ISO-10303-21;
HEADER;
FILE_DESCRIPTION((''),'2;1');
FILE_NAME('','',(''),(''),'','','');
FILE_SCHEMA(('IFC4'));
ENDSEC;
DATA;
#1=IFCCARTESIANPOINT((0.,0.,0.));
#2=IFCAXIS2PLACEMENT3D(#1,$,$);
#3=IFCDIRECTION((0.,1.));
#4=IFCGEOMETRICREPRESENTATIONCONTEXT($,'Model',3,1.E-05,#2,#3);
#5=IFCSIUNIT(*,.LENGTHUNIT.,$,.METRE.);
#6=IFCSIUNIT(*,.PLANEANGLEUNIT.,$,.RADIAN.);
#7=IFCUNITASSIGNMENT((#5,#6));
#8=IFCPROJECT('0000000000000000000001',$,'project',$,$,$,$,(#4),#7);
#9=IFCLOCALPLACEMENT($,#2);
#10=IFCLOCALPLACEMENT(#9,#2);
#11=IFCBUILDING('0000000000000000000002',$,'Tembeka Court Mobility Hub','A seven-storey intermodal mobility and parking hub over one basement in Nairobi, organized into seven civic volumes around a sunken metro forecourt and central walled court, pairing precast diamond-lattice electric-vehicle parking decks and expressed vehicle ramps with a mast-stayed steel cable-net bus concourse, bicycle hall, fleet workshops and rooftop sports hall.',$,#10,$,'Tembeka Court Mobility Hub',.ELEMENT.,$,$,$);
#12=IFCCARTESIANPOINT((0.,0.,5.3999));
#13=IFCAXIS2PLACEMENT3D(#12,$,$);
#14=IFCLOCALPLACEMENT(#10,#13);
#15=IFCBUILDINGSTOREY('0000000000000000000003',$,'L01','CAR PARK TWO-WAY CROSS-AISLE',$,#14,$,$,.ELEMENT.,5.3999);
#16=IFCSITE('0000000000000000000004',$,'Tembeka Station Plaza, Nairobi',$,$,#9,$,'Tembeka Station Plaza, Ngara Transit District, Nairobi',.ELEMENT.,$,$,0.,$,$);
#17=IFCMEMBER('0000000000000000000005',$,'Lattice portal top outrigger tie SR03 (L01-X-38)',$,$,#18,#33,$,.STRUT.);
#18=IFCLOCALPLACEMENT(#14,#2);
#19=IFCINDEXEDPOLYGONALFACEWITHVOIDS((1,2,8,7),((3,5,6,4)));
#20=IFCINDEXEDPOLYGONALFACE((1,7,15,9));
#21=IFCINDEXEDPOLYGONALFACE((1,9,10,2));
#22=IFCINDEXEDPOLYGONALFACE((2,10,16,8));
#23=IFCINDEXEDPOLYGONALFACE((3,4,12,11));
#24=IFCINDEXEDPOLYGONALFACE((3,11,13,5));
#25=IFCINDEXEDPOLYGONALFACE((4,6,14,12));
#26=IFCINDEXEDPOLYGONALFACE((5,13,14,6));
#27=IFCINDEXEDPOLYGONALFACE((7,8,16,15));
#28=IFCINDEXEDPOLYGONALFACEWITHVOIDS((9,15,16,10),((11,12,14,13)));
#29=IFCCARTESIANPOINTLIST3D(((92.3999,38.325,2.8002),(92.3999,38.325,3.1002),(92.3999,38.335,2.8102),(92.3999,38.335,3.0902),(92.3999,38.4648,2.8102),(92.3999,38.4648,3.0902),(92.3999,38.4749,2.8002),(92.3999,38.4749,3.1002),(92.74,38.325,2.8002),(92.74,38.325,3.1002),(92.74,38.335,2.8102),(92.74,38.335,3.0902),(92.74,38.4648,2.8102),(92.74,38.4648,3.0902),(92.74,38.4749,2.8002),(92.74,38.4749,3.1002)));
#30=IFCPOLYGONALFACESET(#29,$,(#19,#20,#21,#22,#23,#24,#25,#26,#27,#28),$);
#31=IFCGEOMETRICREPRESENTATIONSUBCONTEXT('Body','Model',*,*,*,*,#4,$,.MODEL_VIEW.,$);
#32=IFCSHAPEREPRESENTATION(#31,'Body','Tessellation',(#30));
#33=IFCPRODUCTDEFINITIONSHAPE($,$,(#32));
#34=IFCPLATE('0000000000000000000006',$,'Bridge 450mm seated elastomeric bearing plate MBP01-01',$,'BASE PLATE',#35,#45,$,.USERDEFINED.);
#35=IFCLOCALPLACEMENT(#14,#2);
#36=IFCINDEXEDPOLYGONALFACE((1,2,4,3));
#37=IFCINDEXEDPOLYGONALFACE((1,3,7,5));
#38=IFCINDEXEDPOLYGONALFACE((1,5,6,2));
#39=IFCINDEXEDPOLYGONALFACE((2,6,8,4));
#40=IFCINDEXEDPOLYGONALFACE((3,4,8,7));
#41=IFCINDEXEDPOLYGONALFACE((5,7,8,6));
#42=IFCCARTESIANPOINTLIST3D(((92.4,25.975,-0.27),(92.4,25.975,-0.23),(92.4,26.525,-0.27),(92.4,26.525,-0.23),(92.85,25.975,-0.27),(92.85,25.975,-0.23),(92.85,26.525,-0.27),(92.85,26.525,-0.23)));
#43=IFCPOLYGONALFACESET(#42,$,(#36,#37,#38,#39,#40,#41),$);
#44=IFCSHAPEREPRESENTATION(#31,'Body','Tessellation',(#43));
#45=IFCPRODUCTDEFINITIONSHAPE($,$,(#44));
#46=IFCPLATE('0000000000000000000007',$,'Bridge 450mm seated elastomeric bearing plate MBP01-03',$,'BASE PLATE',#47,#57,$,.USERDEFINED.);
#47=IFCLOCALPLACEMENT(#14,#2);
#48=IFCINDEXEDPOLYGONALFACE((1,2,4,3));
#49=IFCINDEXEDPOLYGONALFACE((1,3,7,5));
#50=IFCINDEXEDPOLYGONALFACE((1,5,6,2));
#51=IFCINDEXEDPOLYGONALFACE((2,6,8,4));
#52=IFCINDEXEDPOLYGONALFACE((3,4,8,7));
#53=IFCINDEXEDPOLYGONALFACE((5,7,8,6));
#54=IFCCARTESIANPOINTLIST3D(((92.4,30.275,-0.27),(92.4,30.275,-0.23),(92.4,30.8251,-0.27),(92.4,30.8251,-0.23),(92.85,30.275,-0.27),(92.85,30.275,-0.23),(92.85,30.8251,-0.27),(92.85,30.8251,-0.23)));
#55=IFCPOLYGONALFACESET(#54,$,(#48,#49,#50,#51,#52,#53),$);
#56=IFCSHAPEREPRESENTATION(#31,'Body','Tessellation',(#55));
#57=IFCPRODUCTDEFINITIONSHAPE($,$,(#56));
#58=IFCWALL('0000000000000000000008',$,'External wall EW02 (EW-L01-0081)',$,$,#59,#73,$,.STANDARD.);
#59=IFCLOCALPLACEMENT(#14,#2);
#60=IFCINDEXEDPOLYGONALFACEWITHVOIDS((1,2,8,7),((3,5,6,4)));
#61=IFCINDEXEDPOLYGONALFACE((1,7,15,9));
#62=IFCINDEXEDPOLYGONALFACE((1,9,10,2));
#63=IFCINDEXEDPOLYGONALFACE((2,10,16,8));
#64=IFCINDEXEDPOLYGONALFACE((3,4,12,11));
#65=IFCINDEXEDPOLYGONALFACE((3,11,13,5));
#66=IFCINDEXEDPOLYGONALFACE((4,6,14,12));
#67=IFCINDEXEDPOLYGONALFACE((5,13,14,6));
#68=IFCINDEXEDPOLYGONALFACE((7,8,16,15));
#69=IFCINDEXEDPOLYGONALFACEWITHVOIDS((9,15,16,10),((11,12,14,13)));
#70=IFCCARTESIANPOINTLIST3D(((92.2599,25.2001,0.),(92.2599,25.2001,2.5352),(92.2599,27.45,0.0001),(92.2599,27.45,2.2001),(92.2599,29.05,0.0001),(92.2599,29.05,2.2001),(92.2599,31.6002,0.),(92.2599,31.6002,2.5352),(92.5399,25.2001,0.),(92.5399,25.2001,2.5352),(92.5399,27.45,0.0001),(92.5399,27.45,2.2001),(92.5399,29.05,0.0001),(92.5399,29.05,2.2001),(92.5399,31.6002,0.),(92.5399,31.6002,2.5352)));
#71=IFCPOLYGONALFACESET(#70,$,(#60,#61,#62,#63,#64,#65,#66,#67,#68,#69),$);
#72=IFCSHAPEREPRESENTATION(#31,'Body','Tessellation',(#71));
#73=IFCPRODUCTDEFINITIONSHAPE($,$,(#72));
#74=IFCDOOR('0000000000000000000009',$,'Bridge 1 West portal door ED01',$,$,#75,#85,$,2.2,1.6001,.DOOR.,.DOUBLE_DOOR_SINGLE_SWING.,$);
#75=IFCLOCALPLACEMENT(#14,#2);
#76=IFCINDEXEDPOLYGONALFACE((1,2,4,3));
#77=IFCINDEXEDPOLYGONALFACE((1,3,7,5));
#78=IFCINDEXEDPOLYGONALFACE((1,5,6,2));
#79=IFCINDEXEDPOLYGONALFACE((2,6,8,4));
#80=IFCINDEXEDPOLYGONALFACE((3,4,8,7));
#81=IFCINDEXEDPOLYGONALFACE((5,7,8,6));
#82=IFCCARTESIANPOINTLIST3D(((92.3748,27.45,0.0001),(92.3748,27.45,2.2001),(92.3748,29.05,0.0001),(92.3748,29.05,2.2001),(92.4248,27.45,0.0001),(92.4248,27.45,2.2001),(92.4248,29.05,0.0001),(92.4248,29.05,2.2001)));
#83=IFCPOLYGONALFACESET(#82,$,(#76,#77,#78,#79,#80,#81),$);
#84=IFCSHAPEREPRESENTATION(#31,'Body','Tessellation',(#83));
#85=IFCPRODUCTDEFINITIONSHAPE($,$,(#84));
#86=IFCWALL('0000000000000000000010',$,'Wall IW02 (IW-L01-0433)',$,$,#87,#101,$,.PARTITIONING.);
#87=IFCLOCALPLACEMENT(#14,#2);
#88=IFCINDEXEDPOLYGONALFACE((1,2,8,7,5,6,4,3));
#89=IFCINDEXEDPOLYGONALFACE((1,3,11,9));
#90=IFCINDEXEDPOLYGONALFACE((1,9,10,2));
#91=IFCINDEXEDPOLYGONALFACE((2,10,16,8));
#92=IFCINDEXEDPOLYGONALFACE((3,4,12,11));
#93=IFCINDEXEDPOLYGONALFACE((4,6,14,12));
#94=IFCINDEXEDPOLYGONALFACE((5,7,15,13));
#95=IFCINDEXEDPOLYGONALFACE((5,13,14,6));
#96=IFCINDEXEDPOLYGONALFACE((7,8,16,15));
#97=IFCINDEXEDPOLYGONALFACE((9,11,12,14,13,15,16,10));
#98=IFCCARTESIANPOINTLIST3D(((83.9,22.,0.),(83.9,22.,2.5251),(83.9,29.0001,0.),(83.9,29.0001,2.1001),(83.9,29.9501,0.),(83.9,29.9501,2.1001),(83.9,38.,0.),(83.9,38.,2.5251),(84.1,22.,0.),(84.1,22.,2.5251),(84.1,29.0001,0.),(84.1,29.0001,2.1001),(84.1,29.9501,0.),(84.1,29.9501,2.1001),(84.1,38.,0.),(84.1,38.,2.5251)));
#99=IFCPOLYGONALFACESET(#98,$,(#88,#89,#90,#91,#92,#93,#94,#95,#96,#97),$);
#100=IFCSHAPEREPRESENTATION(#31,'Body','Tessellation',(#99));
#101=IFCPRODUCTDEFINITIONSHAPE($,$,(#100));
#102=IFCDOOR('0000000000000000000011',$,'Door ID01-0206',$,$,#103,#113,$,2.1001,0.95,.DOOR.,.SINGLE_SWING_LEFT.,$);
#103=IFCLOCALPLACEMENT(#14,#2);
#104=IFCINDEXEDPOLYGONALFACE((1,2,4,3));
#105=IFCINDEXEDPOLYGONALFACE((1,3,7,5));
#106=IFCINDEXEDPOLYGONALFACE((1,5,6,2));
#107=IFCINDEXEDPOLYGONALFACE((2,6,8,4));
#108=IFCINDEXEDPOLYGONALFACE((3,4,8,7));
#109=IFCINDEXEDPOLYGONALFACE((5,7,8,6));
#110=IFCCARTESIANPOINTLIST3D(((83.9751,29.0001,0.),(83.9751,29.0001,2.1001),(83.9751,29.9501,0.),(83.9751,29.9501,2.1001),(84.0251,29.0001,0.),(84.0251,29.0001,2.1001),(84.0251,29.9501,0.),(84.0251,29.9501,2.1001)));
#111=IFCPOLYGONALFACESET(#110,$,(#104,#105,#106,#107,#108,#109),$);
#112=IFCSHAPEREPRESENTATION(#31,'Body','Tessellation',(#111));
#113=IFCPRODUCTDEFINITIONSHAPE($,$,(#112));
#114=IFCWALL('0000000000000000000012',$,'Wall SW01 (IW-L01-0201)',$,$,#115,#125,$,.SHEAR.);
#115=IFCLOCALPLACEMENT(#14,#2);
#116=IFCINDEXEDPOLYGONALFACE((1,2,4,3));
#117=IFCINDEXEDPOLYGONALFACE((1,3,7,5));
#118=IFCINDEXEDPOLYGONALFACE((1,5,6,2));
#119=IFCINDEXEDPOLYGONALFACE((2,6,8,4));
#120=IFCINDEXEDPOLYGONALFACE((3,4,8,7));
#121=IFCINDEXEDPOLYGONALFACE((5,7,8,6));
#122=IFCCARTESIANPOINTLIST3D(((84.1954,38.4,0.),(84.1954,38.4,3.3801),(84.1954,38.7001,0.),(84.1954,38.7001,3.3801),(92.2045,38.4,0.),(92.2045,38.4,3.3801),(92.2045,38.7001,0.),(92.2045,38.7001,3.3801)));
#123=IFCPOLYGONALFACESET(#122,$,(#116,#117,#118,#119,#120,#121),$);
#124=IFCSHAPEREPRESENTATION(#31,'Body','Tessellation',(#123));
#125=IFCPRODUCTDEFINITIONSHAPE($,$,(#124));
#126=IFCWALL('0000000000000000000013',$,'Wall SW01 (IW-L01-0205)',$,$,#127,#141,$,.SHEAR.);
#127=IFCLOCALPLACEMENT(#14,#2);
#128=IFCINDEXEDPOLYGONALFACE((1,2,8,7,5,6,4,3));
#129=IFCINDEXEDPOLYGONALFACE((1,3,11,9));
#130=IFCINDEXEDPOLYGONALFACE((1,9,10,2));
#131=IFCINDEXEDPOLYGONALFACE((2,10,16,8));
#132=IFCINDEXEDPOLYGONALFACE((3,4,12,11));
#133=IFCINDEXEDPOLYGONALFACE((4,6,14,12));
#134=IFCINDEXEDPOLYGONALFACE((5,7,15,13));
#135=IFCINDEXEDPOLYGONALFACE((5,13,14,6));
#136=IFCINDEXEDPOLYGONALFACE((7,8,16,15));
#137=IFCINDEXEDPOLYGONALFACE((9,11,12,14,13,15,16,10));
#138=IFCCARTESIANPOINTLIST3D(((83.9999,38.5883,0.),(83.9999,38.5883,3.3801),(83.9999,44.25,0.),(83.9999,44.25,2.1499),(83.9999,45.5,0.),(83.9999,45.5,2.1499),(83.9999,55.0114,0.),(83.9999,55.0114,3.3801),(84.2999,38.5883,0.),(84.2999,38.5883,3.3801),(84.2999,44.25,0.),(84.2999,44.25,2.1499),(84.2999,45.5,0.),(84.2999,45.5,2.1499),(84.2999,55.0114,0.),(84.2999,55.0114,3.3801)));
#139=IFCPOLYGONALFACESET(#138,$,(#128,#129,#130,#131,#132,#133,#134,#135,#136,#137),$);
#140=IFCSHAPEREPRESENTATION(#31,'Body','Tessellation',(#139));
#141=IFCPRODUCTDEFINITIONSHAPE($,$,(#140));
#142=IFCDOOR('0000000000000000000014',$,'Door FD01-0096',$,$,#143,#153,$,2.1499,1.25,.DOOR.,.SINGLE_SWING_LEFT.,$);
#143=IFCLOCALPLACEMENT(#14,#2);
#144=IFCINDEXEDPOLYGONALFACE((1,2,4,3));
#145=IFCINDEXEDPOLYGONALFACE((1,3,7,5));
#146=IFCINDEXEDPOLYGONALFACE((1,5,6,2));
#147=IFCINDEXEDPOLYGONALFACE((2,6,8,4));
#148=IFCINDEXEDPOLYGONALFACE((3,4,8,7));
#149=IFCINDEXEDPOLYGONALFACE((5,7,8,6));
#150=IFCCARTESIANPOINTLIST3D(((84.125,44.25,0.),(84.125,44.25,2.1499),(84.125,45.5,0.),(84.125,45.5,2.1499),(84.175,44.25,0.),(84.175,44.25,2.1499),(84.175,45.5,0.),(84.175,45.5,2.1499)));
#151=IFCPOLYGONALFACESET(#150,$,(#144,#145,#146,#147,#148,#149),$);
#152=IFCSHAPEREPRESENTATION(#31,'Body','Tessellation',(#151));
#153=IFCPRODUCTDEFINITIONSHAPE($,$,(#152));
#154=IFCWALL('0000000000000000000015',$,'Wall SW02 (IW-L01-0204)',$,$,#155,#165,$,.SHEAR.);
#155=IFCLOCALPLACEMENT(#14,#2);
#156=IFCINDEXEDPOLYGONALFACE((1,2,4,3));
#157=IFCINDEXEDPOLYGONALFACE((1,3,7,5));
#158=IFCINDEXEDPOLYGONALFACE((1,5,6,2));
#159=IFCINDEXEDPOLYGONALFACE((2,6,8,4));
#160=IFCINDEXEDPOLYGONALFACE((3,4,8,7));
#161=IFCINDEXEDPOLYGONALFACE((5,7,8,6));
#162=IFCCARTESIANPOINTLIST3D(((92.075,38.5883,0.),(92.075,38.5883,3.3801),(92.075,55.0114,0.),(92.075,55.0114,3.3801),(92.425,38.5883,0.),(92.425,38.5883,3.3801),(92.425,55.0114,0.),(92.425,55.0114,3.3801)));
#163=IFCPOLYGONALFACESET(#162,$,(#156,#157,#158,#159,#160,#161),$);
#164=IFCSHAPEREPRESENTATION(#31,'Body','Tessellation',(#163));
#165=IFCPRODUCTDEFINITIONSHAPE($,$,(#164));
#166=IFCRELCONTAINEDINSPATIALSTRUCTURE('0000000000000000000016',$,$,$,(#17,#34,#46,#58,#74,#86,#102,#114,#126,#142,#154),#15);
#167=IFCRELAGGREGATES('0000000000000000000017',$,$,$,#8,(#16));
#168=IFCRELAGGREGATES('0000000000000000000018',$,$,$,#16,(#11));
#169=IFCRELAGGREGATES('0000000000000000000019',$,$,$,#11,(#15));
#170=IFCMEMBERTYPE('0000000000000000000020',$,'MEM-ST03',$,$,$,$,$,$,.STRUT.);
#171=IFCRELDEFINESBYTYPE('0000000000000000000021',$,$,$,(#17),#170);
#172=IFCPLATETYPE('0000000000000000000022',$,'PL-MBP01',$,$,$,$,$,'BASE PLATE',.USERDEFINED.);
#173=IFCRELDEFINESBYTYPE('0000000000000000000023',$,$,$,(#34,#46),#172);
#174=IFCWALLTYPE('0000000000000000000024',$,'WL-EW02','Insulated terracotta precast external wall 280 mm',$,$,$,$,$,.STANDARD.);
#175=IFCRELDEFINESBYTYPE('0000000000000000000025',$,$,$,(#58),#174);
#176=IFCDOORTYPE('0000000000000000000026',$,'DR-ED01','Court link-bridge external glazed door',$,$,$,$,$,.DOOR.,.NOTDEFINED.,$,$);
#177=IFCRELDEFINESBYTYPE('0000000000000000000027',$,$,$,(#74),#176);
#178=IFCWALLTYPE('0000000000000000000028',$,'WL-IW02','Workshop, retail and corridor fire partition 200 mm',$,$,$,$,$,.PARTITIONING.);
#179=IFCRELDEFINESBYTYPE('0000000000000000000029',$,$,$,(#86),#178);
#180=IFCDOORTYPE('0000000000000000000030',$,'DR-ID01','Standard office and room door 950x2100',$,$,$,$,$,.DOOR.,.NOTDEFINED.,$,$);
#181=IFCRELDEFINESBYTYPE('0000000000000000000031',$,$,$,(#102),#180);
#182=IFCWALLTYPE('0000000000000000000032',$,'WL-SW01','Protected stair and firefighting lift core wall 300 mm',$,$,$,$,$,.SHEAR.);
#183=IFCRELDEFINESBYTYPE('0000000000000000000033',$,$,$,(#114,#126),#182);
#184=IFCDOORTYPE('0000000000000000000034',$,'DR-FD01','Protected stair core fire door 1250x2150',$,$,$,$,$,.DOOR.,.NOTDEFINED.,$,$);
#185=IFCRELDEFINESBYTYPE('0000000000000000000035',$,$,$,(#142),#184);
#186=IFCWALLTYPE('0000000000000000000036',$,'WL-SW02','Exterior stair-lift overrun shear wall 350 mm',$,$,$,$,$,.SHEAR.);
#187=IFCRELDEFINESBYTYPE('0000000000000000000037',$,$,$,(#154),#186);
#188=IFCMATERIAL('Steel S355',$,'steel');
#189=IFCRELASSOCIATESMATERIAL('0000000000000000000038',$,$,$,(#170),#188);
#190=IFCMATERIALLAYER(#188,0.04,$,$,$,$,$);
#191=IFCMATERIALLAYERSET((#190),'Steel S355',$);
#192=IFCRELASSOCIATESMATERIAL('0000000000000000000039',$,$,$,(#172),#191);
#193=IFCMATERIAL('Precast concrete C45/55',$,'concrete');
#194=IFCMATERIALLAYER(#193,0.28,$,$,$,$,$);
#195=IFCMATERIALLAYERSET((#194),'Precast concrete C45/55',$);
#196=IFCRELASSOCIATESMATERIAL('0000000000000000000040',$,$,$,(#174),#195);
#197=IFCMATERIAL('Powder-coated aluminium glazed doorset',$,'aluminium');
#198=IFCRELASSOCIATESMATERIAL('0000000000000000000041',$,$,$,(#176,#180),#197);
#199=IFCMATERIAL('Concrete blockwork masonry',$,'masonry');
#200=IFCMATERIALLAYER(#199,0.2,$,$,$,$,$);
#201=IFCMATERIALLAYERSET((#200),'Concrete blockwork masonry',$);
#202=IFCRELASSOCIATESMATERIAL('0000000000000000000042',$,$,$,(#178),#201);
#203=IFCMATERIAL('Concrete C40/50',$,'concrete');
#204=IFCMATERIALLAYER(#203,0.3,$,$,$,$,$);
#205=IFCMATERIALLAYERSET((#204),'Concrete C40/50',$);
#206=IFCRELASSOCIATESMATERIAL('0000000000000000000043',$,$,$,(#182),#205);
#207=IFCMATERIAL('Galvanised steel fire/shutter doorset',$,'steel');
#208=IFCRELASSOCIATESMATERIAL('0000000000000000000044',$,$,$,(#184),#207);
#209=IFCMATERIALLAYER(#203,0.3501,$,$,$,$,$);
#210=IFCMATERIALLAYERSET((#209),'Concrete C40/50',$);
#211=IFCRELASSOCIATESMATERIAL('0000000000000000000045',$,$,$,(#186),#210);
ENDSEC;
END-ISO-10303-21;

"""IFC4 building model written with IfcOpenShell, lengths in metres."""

from ifc_helpers import new_model, si_unit, direction, frame, frame_2d, origin, origin_2d, place, context, subcontext, project, spatial, rectangle, hollow_rectangle, extrude, material, layer, layer_set, material_profile, profile_set, type_object, element, fill, save


model = new_model("IFC4")

# Units and contexts
model_context = context("Model", 3, precision=1e-05, world=origin(), true_north=direction((0.0, 1.0)))
body_context = subcontext(model_context, "Body", "Model", "MODEL_VIEW")
ifc_project = project(units=[si_unit("LENGTHUNIT", "METRE"), si_unit("PLANEANGLEUNIT", "RADIAN")], contexts=[model_context])

# Site, building, storey
site_placement = place(None, origin())
site = spatial("IfcSite", under=ifc_project, at=site_placement, Name="Tembeka Station Plaza, Nairobi", LongName="Tembeka Station Plaza, Ngara Transit District, Nairobi", CompositionType="ELEMENT", RefElevation=0.0)
building_placement = place(site_placement, origin())
building = spatial("IfcBuilding", under=site, at=building_placement, Name="Tembeka Court Mobility Hub", Description="A seven-storey intermodal mobility and parking hub over one basement in Nairobi, organized into seven civic volumes around a sunken metro forecourt and central walled court, pairing precast diamond-lattice electric-vehicle parking decks and expressed vehicle ramps with a mast-stayed steel cable-net bus concourse, bicycle hall, fleet workshops and rooftop sports hall.", LongName="Tembeka Court Mobility Hub", CompositionType="ELEMENT")
storey_placement = place(building_placement, frame((0.0, 0.0, 5.3999)))
storey = spatial("IfcBuildingStorey", under=building, at=storey_placement, Name="L01", Description="CAR PARK TWO-WAY CROSS-AISLE", CompositionType="ELEMENT", Elevation=5.3999)

# Shared definitions
ifc_material_1 = material(Name="Steel S355", Category="steel")

# Shared definitions
ifc_material_2 = material(Name="Precast concrete C45/55", Category="concrete")

# Member
ifc_material_profile_1 = material_profile(ifc_material_1, hollow_rectangle(XDim=0.1499, YDim=0.3, WallThickness=0.01, at=origin_2d()), Name="RHS 300x150x10")
ifc_profile_set_1 = profile_set([ifc_material_profile_1], Name="Steel S355")
member_type_1 = type_object("IfcMemberType", Name="MEM-ST03", PredefinedType="STRUT", material=ifc_profile_set_1)
for number, where, z_axis, x_axis, name in (
    (1, (92.3999, 38.3999, 2.9502), (1.0, 0.0, 0.0), (0.0, 1.0, 0.0), "Lattice portal top outrigger tie SR03 (L01-X-38)"),
):
    element("IfcMember", number, at=place(storey_placement, frame(where, z_axis=z_axis, x_axis=x_axis)), inside=storey, type_object=member_type_1, Name=name, PredefinedType="STRUT", context=body_context, shape_type="SweptSolid", body=[
        extrude(hollow_rectangle(XDim=0.1499, YDim=0.3, WallThickness=0.01, at=origin_2d()), origin(), (0.0, 0.0, 1.0), 0.3401),
    ])

# Plates
ifc_layer_1 = layer(ifc_material_1, 0.04)
ifc_layer_set_1 = layer_set([ifc_layer_1], Name="Steel S355")
plate_type = type_object("IfcPlateType", Name="PL-MBP01", ElementType="BASE PLATE", PredefinedType="USERDEFINED", material=ifc_layer_set_1)
for number, where, z_axis, x_axis, name in (
    (2, (92.625, 26.25, -0.27), (0.0, 0.0, 1.0), (1.0, 0.0, 0.0), "Bridge 450mm seated elastomeric bearing plate MBP01-01"),
    (3, (92.625, 30.55, -0.27), (0.0, 0.0, 1.0), (1.0, 0.0, 0.0), "Bridge 450mm seated elastomeric bearing plate MBP01-03"),
):
    element("IfcPlate", number, at=place(storey_placement, frame(where, z_axis=z_axis, x_axis=x_axis)), inside=storey, type_object=plate_type, Name=name, ObjectType="BASE PLATE", PredefinedType="USERDEFINED", context=body_context, shape_type="SweptSolid", body=[
        extrude(rectangle(XDim=0.45, YDim=0.55, at=origin_2d()), origin(), (0.0, 0.0, 1.0), 0.04),
    ])

# Walls, openings, doors
ifc_layer_2 = layer(ifc_material_2, 0.28)
ifc_layer_set_2 = layer_set([ifc_layer_2], Name="Precast concrete C45/55")
wall_type_1 = type_object("IfcWallType", Name="WL-EW02", Description="Insulated terracotta precast external wall 280 mm", PredefinedType="STANDARD", material=ifc_layer_set_2)
wall_1_placement = place(storey_placement, frame((92.3999, 25.2, 0.0), z_axis=(0.0, 0.0, 1.0), x_axis=(0.0, 1.0, 0.0)))
wall_1 = element("IfcWall", 4, at=wall_1_placement, inside=storey, type_object=wall_type_1, Name="External wall EW02 (EW-L01-0081)", PredefinedType="STANDARD", context=body_context, shape_type="SweptSolid", body=[
    extrude(rectangle(XDim=6.4001, YDim=0.28, at=frame_2d((3.2002, 0.0))), origin(), (0.0, 0.0, 1.0), 2.5352),
])
opening_1_placement = place(wall_1_placement, frame((2.25, 0.0, 0.0)))
opening_1 = element("IfcOpeningElement", 5, at=opening_1_placement, cuts=wall_1, PredefinedType="OPENING", context=body_context, shape_type="SweptSolid", body=[
    extrude(rectangle(XDim=1.6001, YDim=2.2, at=frame_2d((0.8, 1.1001))), frame((0.0, 0.1499, 0.0), z_axis=(0.0, -1.0, 0.0), x_axis=(1.0, 0.0, 0.0)), (0.0, 0.0, 1.0), 0.3),
])
ifc_material_3 = material(Name="Powder-coated aluminium glazed doorset", Category="aluminium")
door_type_1 = type_object("IfcDoorType", Name="DR-ED01", Description="Court link-bridge external glazed door", OperationType="NOTDEFINED", PredefinedType="DOOR", material=ifc_material_3)
door_1_placement = place(opening_1_placement, frame((1.6001, 0.0, 0.0), z_axis=(0.0, 0.0, 1.0), x_axis=(-1.0, 0.0, 0.0)))
door_1 = element("IfcDoor", 6, at=door_1_placement, inside=storey, type_object=door_type_1, Name="Bridge 1 West portal door ED01", OperationType="DOUBLE_DOOR_SINGLE_SWING", OverallHeight=2.2, OverallWidth=1.6001, PredefinedType="DOOR", context=body_context, shape_type="SweptSolid", body=[
    extrude(rectangle(XDim=1.6001, YDim=2.2, at=frame_2d((0.8, 1.1001))), frame((0.0, 0.0249, 0.0), z_axis=(0.0, -1.0, 0.0), x_axis=(1.0, 0.0, 0.0)), (0.0, 0.0, 1.0), 0.05),
])
fill(opening_1, door_1)
ifc_material_4 = material(Name="Concrete blockwork masonry", Category="masonry")
ifc_layer_3 = layer(ifc_material_4, 0.2)
ifc_layer_set_3 = layer_set([ifc_layer_3], Name="Concrete blockwork masonry")
wall_type_2 = type_object("IfcWallType", Name="WL-IW02", Description="Workshop, retail and corridor fire partition 200 mm", PredefinedType="PARTITIONING", material=ifc_layer_set_3)
wall_2_placement = place(storey_placement, frame((84.0, 22.0, 0.0), z_axis=(0.0, 0.0, 1.0), x_axis=(0.0, 1.0, 0.0)))
wall_2 = element("IfcWall", 7, at=wall_2_placement, inside=storey, type_object=wall_type_2, Name="Wall IW02 (IW-L01-0433)", PredefinedType="PARTITIONING", context=body_context, shape_type="SweptSolid", body=[
    extrude(rectangle(XDim=16.0, YDim=0.2, at=frame_2d((8.0, 0.0))), origin(), (0.0, 0.0, 1.0), 2.5251),
])
opening_2_placement = place(wall_2_placement, frame((7.0, 0.0, 0.0)))
opening_2 = element("IfcOpeningElement", 8, at=opening_2_placement, cuts=wall_2, PredefinedType="OPENING", context=body_context, shape_type="SweptSolid", body=[
    extrude(rectangle(XDim=0.95, YDim=2.1001, at=frame_2d((0.4751, 1.05))), frame((0.0, 0.1099, 0.0), z_axis=(0.0, -1.0, 0.0), x_axis=(1.0, 0.0, 0.0)), (0.0, 0.0, 1.0), 0.22),
])
door_type_2 = type_object("IfcDoorType", Name="DR-ID01", Description="Standard office and room door 950x2100", OperationType="NOTDEFINED", PredefinedType="DOOR", material=ifc_material_3)
door_2_placement = place(opening_2_placement, origin())
door_2 = element("IfcDoor", 9, at=door_2_placement, inside=storey, type_object=door_type_2, Name="Door ID01-0206", OperationType="SINGLE_SWING_LEFT", OverallHeight=2.1001, OverallWidth=0.95, PredefinedType="DOOR", context=body_context, shape_type="SweptSolid", body=[
    extrude(rectangle(XDim=0.95, YDim=2.1001, at=frame_2d((0.4751, 1.05))), frame((0.0, 0.0249, 0.0), z_axis=(0.0, -1.0, 0.0), x_axis=(1.0, 0.0, 0.0)), (0.0, 0.0, 1.0), 0.05),
])
fill(opening_2, door_2)

# Wall
ifc_material_5 = material(Name="Concrete C40/50", Category="concrete")
ifc_layer_4 = layer(ifc_material_5, 0.3)
ifc_layer_set_4 = layer_set([ifc_layer_4], Name="Concrete C40/50")
wall_type_3 = type_object("IfcWallType", Name="WL-SW01", Description="Protected stair and firefighting lift core wall 300 mm", PredefinedType="SHEAR", material=ifc_layer_set_4)
wall_3_placement = place(storey_placement, frame((84.1956, 38.55, 0.0), z_axis=(0.0, 0.0, 1.0), x_axis=(1.0, 0.0, 0.0)))
element("IfcWall", 10, at=wall_3_placement, inside=storey, type_object=wall_type_3, Name="Wall SW01 (IW-L01-0201)", PredefinedType="SHEAR", context=body_context, shape_type="SweptSolid", body=[
    extrude(rectangle(XDim=8.009, YDim=0.3, at=frame_2d((4.0044, 0.0))), origin(), (0.0, 0.0, 1.0), 3.3801),
])

# Wall, opening, door
wall_4_placement = place(storey_placement, frame((84.1499, 38.5884, 0.0), z_axis=(0.0, 0.0, 1.0), x_axis=(0.0, 1.0, 0.0)))
wall_4 = element("IfcWall", 11, at=wall_4_placement, inside=storey, type_object=wall_type_3, Name="Wall SW01 (IW-L01-0205)", PredefinedType="SHEAR", context=body_context, shape_type="SweptSolid", body=[
    extrude(rectangle(XDim=16.4231, YDim=0.3, at=frame_2d((8.2114, 0.0))), origin(), (0.0, 0.0, 1.0), 3.3801),
])
opening_3_placement = place(wall_4_placement, frame((5.6616, 0.0, 0.0)))
opening_3 = element("IfcOpeningElement", 12, at=opening_3_placement, cuts=wall_4, PredefinedType="OPENING", context=body_context, shape_type="SweptSolid", body=[
    extrude(rectangle(XDim=1.25, YDim=2.1499, at=frame_2d((0.625, 1.075))), frame((0.0, 0.1602, 0.0), z_axis=(0.0, -1.0, 0.0), x_axis=(1.0, 0.0, 0.0)), (0.0, 0.0, 1.0), 0.3201),
])
ifc_material_6 = material(Name="Galvanised steel fire/shutter doorset", Category="steel")
door_type_3 = type_object("IfcDoorType", Name="DR-FD01", Description="Protected stair core fire door 1250x2150", OperationType="NOTDEFINED", PredefinedType="DOOR", material=ifc_material_6)
door_3_placement = place(opening_3_placement, origin())
door_3 = element("IfcDoor", 13, at=door_3_placement, inside=storey, type_object=door_type_3, Name="Door FD01-0096", OperationType="SINGLE_SWING_LEFT", OverallHeight=2.1499, OverallWidth=1.25, PredefinedType="DOOR", context=body_context, shape_type="SweptSolid", body=[
    extrude(rectangle(XDim=1.25, YDim=2.1499, at=frame_2d((0.625, 1.075))), frame((0.0, 0.0249, 0.0), z_axis=(0.0, -1.0, 0.0), x_axis=(1.0, 0.0, 0.0)), (0.0, 0.0, 1.0), 0.05),
])
fill(opening_3, door_3)

# Wall
ifc_layer_5 = layer(ifc_material_5, 0.3501)
ifc_layer_set_5 = layer_set([ifc_layer_5], Name="Concrete C40/50")
wall_type_4 = type_object("IfcWallType", Name="WL-SW02", Description="Exterior stair-lift overrun shear wall 350 mm", PredefinedType="SHEAR", material=ifc_layer_set_5)
wall_5_placement = place(storey_placement, frame((92.25, 38.5884, 0.0), z_axis=(0.0, 0.0, 1.0), x_axis=(0.0, 1.0, 0.0)))
element("IfcWall", 14, at=wall_5_placement, inside=storey, type_object=wall_type_4, Name="Wall SW02 (IW-L01-0204)", PredefinedType="SHEAR", context=body_context, shape_type="SweptSolid", body=[
    extrude(rectangle(XDim=16.4231, YDim=0.3501, at=frame_2d((8.2114, 0.0))), origin(), (0.0, 0.0, 1.0), 3.3801),
])

save(model, "model.ifc")
